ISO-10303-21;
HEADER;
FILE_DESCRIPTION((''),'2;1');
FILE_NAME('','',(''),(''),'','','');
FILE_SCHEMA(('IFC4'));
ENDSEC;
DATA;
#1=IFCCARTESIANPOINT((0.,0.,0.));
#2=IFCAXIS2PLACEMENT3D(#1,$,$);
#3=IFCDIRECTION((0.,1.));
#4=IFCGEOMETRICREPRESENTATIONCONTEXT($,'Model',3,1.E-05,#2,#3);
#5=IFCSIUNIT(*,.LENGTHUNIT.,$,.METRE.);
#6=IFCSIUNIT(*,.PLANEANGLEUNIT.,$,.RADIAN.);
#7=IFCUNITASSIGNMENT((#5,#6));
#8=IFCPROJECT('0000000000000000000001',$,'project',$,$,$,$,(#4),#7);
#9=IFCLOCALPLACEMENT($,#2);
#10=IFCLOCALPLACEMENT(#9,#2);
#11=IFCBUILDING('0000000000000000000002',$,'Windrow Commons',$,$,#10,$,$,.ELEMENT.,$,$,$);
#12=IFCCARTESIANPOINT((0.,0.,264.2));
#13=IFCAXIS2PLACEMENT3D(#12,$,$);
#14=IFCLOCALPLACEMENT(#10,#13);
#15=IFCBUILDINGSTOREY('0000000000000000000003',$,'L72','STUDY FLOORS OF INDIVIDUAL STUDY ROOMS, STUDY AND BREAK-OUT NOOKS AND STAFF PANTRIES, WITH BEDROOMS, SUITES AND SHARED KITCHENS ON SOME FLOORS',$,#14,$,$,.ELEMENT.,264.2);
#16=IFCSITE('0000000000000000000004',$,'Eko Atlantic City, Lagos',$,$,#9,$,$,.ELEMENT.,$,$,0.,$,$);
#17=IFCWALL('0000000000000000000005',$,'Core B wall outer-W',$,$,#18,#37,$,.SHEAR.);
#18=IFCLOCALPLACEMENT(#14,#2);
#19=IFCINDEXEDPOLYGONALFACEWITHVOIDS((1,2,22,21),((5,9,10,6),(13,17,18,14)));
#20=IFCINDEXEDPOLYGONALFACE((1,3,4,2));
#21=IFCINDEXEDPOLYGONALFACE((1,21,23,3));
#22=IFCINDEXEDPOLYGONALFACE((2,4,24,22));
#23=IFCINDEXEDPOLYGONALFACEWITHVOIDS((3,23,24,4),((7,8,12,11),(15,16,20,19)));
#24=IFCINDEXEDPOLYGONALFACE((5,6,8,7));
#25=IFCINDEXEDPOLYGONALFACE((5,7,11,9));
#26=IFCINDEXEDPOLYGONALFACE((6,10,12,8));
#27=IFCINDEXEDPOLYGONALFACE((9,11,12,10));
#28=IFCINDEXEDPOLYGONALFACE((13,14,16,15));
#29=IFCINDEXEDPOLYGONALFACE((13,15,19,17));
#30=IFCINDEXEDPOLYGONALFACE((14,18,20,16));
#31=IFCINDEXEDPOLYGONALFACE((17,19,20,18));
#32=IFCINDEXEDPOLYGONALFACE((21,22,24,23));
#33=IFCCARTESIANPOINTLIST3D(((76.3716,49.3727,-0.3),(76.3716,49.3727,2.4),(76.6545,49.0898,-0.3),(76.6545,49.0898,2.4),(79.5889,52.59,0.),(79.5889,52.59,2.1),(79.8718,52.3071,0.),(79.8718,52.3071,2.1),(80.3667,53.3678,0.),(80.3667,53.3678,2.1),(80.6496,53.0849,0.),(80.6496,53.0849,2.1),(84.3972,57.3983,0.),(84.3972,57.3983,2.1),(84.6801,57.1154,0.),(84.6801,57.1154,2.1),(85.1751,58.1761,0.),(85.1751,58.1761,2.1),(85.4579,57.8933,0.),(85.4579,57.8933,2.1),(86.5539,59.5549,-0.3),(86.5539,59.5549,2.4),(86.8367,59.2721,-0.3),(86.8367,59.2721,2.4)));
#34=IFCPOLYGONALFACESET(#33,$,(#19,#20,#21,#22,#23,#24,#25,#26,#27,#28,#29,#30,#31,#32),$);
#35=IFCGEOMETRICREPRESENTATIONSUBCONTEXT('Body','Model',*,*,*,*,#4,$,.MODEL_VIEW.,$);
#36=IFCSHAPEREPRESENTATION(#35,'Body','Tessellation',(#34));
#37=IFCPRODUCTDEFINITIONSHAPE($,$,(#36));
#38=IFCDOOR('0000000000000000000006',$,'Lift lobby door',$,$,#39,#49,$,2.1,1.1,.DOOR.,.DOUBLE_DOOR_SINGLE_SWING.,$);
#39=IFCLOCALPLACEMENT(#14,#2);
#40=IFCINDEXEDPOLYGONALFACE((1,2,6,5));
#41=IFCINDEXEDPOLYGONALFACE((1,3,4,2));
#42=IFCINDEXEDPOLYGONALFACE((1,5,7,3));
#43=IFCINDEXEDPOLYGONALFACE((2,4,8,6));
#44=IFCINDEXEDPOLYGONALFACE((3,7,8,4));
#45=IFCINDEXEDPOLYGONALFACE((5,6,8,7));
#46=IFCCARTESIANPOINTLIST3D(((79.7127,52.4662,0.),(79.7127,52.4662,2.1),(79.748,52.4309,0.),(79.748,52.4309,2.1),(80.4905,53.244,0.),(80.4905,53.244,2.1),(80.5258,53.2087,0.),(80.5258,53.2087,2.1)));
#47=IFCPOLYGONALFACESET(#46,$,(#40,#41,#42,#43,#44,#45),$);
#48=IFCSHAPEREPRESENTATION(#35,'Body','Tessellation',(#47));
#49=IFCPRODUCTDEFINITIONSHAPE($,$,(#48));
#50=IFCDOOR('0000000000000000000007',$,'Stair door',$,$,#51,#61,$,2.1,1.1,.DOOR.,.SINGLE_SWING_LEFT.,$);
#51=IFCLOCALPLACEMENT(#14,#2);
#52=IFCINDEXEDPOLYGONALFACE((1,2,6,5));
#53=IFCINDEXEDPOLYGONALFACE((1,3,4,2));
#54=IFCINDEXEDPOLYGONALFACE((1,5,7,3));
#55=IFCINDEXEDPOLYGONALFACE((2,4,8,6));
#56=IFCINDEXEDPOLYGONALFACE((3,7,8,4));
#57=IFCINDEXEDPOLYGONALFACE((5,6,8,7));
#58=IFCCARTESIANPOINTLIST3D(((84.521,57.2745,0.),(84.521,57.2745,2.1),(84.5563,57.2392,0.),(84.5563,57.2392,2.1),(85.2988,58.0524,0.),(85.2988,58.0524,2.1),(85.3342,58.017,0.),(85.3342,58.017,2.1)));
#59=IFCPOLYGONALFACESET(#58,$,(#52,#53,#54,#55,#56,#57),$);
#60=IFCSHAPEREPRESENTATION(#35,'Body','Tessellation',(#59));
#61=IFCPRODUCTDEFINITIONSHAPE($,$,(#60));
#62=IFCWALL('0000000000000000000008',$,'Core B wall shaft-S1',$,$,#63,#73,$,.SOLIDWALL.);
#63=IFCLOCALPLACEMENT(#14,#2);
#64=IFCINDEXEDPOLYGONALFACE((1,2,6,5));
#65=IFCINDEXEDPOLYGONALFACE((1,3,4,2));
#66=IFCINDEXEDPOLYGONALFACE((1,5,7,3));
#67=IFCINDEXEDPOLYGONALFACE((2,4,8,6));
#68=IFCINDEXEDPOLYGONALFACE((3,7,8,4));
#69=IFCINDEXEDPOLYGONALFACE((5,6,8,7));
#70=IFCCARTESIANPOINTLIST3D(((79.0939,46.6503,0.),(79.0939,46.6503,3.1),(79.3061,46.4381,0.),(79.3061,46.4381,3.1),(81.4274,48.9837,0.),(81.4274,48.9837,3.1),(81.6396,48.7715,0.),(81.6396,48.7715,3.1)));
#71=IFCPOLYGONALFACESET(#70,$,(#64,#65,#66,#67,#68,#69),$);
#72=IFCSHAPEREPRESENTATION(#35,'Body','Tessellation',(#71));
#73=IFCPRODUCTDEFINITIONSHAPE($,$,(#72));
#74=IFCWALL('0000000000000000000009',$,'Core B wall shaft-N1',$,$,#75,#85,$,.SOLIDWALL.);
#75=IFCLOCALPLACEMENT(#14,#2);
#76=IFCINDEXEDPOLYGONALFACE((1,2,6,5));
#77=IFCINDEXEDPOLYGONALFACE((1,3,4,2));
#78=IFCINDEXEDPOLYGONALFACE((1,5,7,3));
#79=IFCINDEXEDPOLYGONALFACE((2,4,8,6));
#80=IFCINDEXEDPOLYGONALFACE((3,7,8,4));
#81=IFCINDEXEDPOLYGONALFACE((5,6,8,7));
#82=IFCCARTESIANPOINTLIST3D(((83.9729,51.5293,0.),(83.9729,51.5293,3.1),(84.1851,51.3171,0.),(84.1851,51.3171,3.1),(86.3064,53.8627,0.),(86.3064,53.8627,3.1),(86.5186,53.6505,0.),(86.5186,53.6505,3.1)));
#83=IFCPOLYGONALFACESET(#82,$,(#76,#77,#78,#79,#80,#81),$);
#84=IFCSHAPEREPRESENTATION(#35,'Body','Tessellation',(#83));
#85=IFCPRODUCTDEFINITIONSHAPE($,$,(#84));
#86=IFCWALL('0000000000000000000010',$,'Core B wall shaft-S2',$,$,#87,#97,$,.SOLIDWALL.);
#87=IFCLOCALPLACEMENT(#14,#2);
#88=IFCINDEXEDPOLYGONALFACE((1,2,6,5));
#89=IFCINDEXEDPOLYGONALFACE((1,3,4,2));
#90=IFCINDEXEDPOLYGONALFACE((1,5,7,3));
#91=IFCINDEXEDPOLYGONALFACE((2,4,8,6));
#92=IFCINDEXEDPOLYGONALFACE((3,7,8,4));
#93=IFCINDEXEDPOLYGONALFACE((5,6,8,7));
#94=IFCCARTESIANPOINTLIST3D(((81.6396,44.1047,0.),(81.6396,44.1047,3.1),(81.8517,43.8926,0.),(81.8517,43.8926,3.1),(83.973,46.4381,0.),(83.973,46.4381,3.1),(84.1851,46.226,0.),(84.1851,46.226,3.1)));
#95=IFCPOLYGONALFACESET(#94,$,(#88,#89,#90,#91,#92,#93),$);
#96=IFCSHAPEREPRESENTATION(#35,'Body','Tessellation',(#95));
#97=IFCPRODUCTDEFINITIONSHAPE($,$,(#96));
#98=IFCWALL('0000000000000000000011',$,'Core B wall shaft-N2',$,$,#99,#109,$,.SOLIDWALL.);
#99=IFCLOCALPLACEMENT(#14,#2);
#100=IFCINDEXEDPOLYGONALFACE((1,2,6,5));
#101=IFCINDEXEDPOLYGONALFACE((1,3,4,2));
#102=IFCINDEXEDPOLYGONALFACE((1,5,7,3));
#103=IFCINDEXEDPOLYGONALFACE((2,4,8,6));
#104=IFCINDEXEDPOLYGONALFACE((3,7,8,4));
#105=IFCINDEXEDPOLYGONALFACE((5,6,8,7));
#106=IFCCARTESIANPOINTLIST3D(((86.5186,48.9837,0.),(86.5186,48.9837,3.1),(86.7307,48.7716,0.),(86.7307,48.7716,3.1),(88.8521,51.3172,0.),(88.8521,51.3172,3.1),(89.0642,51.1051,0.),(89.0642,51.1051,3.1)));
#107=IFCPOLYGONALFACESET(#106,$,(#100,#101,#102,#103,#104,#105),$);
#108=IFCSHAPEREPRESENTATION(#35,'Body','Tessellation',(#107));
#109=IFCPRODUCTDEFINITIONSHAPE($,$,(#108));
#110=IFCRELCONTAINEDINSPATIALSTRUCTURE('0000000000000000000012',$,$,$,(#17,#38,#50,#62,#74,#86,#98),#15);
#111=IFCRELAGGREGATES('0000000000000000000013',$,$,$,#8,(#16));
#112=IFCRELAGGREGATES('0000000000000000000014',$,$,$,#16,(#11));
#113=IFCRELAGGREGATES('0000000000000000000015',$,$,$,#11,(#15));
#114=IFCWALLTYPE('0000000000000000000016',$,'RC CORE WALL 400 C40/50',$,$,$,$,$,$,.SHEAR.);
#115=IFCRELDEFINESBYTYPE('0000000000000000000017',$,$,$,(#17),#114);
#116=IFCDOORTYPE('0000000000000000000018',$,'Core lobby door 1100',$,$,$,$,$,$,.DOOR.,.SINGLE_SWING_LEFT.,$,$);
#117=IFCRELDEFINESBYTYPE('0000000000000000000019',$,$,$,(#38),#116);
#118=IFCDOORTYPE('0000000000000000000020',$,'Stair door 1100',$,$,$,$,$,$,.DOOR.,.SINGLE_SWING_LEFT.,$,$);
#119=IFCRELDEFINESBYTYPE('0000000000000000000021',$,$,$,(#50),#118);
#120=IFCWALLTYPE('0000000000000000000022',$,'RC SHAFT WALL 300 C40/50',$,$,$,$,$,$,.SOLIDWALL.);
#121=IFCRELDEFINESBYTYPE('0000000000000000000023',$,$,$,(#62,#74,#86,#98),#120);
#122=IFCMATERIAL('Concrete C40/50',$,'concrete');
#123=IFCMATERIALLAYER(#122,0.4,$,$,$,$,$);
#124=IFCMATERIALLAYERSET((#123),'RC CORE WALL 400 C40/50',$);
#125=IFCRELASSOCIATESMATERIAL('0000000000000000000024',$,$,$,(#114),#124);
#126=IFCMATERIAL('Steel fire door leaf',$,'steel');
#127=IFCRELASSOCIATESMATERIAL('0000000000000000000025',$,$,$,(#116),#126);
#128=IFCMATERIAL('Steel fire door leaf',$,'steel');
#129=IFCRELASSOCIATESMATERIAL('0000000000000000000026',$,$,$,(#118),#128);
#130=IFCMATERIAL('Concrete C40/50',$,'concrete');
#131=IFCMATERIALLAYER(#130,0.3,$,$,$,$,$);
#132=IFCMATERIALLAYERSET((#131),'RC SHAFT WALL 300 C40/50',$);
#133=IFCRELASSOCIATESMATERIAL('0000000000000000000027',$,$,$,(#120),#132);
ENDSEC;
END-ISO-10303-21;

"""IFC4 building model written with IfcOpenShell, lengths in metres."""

from ifc_helpers import new_model, si_unit, direction, frame, frame_2d, origin, place, context, subcontext, project, spatial, rectangle, extrude, material, layer, layer_set, type_object, element, fill, save


model = new_model("IFC4")

# Units and contexts
model_context = context("Model", 3, precision=1e-05, world=origin(), true_north=direction((0.0, 1.0)))
body_context = subcontext(model_context, "Body", "Model", "MODEL_VIEW")
ifc_project = project(units=[si_unit("LENGTHUNIT", "METRE"), si_unit("PLANEANGLEUNIT", "RADIAN")], contexts=[model_context])

# Site, building, storey
site_placement = place(None, origin())
site = spatial("IfcSite", under=ifc_project, at=site_placement, Name="Eko Atlantic City, Lagos", CompositionType="ELEMENT", RefElevation=0.0)
building_placement = place(site_placement, origin())
building = spatial("IfcBuilding", under=site, at=building_placement, Name="Windrow Commons", CompositionType="ELEMENT")
storey_placement = place(building_placement, frame((0.0, 0.0, 264.2)))
storey = spatial("IfcBuildingStorey", under=building, at=storey_placement, Name="L72", Description="STUDY FLOORS OF INDIVIDUAL STUDY ROOMS, STUDY AND BREAK-OUT NOOKS AND STAFF PANTRIES, WITH BEDROOMS, SUITES AND SHARED KITCHENS ON SOME FLOORS", CompositionType="ELEMENT", Elevation=264.2)

# Shared definitions
ifc_material_1 = material(Name="Concrete C40/50", Category="concrete")
ifc_layer_1 = layer(ifc_material_1, 0.4)
ifc_layer_set_1 = layer_set([ifc_layer_1], Name="RC CORE WALL 400 C40/50")
wall_type_1 = type_object("IfcWallType", Name="RC CORE WALL 400 C40/50", PredefinedType="SHEAR", material=ifc_layer_set_1)

# Wall, openings, doors
wall_1_placement = place(storey_placement, frame((76.513, 49.2312, -0.3), z_axis=(0.0, 0.0, 1.0), x_axis=(0.707107, 0.707107, 0.0)))
wall_1 = element("IfcWall", 1, at=wall_1_placement, inside=storey, type_object=wall_type_1, Name="Core B wall outer-W", PredefinedType="SHEAR", context=body_context, shape_type="SweptSolid", body=[
    extrude(rectangle(XDim=14.3999, YDim=0.4, at=frame_2d((7.2, 0.0))), origin(), (0.0, 0.0, 1.0), 2.7),
])
opening_1_placement = place(wall_1_placement, frame((4.55, 0.0, 0.3)))
opening_1 = element("IfcOpeningElement", 2, at=opening_1_placement, cuts=wall_1, PredefinedType="OPENING", context=body_context, shape_type="SweptSolid", body=[
    extrude(rectangle(XDim=1.1, YDim=2.1, at=frame_2d((0.55, 1.05))), frame((0.0, 0.21, 0.0), z_axis=(0.0, -1.0, 0.0), x_axis=(1.0, 0.0, 0.0)), (0.0, 0.0, 1.0), 0.42),
])
opening_2_placement = place(wall_1_placement, frame((11.35, 0.0, 0.3)))
opening_2 = element("IfcOpeningElement", 3, at=opening_2_placement, cuts=wall_1, PredefinedType="OPENING", context=body_context, shape_type="SweptSolid", body=[
    extrude(rectangle(XDim=1.1, YDim=2.1, at=frame_2d((0.55, 1.05))), frame((0.0, 0.21, 0.0), z_axis=(0.0, -1.0, 0.0), x_axis=(1.0, 0.0, 0.0)), (0.0, 0.0, 1.0), 0.42),
])
ifc_material_2 = material(Name="Steel fire door leaf", Category="steel")
door_type_1 = type_object("IfcDoorType", Name="Core lobby door 1100", OperationType="SINGLE_SWING_LEFT", PredefinedType="DOOR", material=ifc_material_2)
door_1_placement = place(opening_1_placement, origin())
door_1 = element("IfcDoor", 4, at=door_1_placement, inside=storey, type_object=door_type_1, Name="Lift lobby door", OperationType="DOUBLE_DOOR_SINGLE_SWING", OverallHeight=2.1, OverallWidth=1.1, PredefinedType="DOOR", context=body_context, shape_type="SweptSolid", body=[
    extrude(rectangle(XDim=1.1, YDim=2.1, at=frame_2d((0.55, 1.05))), frame((0.0, 0.025, 0.0), z_axis=(0.0, -1.0, 0.0), x_axis=(1.0, 0.0, 0.0)), (0.0, 0.0, 1.0), 0.05),
])
fill(opening_1, door_1)
ifc_material_3 = material(Name="Steel fire door leaf", Category="steel")
door_type_2 = type_object("IfcDoorType", Name="Stair door 1100", OperationType="SINGLE_SWING_LEFT", PredefinedType="DOOR", material=ifc_material_3)
door_2_placement = place(opening_2_placement, origin())
door_2 = element("IfcDoor", 5, at=door_2_placement, inside=storey, type_object=door_type_2, Name="Stair door", OperationType="SINGLE_SWING_LEFT", OverallHeight=2.1, OverallWidth=1.1, PredefinedType="DOOR", context=body_context, shape_type="SweptSolid", body=[
    extrude(rectangle(XDim=1.1, YDim=2.1, at=frame_2d((0.55, 1.05))), frame((0.0, 0.025, 0.0), z_axis=(0.0, -1.0, 0.0), x_axis=(1.0, 0.0, 0.0)), (0.0, 0.0, 1.0), 0.05),
])
fill(opening_2, door_2)

# Walls
ifc_material_4 = material(Name="Concrete C40/50", Category="concrete")
ifc_layer_2 = layer(ifc_material_4, 0.3)
ifc_layer_set_2 = layer_set([ifc_layer_2], Name="RC SHAFT WALL 300 C40/50")
wall_type_2 = type_object("IfcWallType", Name="RC SHAFT WALL 300 C40/50", PredefinedType="SOLIDWALL", material=ifc_layer_set_2)
for number, where, z_axis, x_axis, name in (
    (6, (79.2, 46.5442, 0.0), (0.0, 0.0, 1.0), (0.707122, 0.707092, 0.0), "Core B wall shaft-S1"),
    (7, (84.079, 51.4232, 0.0), (0.0, 0.0, 1.0), (0.707122, 0.707092, 0.0), "Core B wall shaft-N1"),
):
    element("IfcWall", number, at=place(storey_placement, frame(where, z_axis=z_axis, x_axis=x_axis)), inside=storey, type_object=wall_type_2, Name=name, PredefinedType="SOLIDWALL", context=body_context, shape_type="SweptSolid", body=[
        extrude(rectangle(XDim=3.3, YDim=0.3, at=frame_2d((1.65, 0.0))), origin(), (0.0, 0.0, 1.0), 3.1),
    ])
wall_2_placement = place(storey_placement, frame((81.7456, 43.9986, 0.0), z_axis=(0.0, 0.0, 1.0), x_axis=(0.707107, 0.707107, 0.0)))
element("IfcWall", 8, at=wall_2_placement, inside=storey, type_object=wall_type_2, Name="Core B wall shaft-S2", PredefinedType="SOLIDWALL", context=body_context, shape_type="SweptSolid", body=[
    extrude(rectangle(XDim=3.2999, YDim=0.3, at=frame_2d((1.65, 0.0))), origin(), (0.0, 0.0, 1.0), 3.1),
])
wall_3_placement = place(storey_placement, frame((86.6246, 48.8776, 0.0), z_axis=(0.0, 0.0, 1.0), x_axis=(0.707107, 0.707107, 0.0)))
element("IfcWall", 9, at=wall_3_placement, inside=storey, type_object=wall_type_2, Name="Core B wall shaft-N2", PredefinedType="SOLIDWALL", context=body_context, shape_type="SweptSolid", body=[
    extrude(rectangle(XDim=3.3001, YDim=0.3, at=frame_2d((1.6501, 0.0))), origin(), (0.0, 0.0, 1.0), 3.1),
])

save(model, "model.ifc")
